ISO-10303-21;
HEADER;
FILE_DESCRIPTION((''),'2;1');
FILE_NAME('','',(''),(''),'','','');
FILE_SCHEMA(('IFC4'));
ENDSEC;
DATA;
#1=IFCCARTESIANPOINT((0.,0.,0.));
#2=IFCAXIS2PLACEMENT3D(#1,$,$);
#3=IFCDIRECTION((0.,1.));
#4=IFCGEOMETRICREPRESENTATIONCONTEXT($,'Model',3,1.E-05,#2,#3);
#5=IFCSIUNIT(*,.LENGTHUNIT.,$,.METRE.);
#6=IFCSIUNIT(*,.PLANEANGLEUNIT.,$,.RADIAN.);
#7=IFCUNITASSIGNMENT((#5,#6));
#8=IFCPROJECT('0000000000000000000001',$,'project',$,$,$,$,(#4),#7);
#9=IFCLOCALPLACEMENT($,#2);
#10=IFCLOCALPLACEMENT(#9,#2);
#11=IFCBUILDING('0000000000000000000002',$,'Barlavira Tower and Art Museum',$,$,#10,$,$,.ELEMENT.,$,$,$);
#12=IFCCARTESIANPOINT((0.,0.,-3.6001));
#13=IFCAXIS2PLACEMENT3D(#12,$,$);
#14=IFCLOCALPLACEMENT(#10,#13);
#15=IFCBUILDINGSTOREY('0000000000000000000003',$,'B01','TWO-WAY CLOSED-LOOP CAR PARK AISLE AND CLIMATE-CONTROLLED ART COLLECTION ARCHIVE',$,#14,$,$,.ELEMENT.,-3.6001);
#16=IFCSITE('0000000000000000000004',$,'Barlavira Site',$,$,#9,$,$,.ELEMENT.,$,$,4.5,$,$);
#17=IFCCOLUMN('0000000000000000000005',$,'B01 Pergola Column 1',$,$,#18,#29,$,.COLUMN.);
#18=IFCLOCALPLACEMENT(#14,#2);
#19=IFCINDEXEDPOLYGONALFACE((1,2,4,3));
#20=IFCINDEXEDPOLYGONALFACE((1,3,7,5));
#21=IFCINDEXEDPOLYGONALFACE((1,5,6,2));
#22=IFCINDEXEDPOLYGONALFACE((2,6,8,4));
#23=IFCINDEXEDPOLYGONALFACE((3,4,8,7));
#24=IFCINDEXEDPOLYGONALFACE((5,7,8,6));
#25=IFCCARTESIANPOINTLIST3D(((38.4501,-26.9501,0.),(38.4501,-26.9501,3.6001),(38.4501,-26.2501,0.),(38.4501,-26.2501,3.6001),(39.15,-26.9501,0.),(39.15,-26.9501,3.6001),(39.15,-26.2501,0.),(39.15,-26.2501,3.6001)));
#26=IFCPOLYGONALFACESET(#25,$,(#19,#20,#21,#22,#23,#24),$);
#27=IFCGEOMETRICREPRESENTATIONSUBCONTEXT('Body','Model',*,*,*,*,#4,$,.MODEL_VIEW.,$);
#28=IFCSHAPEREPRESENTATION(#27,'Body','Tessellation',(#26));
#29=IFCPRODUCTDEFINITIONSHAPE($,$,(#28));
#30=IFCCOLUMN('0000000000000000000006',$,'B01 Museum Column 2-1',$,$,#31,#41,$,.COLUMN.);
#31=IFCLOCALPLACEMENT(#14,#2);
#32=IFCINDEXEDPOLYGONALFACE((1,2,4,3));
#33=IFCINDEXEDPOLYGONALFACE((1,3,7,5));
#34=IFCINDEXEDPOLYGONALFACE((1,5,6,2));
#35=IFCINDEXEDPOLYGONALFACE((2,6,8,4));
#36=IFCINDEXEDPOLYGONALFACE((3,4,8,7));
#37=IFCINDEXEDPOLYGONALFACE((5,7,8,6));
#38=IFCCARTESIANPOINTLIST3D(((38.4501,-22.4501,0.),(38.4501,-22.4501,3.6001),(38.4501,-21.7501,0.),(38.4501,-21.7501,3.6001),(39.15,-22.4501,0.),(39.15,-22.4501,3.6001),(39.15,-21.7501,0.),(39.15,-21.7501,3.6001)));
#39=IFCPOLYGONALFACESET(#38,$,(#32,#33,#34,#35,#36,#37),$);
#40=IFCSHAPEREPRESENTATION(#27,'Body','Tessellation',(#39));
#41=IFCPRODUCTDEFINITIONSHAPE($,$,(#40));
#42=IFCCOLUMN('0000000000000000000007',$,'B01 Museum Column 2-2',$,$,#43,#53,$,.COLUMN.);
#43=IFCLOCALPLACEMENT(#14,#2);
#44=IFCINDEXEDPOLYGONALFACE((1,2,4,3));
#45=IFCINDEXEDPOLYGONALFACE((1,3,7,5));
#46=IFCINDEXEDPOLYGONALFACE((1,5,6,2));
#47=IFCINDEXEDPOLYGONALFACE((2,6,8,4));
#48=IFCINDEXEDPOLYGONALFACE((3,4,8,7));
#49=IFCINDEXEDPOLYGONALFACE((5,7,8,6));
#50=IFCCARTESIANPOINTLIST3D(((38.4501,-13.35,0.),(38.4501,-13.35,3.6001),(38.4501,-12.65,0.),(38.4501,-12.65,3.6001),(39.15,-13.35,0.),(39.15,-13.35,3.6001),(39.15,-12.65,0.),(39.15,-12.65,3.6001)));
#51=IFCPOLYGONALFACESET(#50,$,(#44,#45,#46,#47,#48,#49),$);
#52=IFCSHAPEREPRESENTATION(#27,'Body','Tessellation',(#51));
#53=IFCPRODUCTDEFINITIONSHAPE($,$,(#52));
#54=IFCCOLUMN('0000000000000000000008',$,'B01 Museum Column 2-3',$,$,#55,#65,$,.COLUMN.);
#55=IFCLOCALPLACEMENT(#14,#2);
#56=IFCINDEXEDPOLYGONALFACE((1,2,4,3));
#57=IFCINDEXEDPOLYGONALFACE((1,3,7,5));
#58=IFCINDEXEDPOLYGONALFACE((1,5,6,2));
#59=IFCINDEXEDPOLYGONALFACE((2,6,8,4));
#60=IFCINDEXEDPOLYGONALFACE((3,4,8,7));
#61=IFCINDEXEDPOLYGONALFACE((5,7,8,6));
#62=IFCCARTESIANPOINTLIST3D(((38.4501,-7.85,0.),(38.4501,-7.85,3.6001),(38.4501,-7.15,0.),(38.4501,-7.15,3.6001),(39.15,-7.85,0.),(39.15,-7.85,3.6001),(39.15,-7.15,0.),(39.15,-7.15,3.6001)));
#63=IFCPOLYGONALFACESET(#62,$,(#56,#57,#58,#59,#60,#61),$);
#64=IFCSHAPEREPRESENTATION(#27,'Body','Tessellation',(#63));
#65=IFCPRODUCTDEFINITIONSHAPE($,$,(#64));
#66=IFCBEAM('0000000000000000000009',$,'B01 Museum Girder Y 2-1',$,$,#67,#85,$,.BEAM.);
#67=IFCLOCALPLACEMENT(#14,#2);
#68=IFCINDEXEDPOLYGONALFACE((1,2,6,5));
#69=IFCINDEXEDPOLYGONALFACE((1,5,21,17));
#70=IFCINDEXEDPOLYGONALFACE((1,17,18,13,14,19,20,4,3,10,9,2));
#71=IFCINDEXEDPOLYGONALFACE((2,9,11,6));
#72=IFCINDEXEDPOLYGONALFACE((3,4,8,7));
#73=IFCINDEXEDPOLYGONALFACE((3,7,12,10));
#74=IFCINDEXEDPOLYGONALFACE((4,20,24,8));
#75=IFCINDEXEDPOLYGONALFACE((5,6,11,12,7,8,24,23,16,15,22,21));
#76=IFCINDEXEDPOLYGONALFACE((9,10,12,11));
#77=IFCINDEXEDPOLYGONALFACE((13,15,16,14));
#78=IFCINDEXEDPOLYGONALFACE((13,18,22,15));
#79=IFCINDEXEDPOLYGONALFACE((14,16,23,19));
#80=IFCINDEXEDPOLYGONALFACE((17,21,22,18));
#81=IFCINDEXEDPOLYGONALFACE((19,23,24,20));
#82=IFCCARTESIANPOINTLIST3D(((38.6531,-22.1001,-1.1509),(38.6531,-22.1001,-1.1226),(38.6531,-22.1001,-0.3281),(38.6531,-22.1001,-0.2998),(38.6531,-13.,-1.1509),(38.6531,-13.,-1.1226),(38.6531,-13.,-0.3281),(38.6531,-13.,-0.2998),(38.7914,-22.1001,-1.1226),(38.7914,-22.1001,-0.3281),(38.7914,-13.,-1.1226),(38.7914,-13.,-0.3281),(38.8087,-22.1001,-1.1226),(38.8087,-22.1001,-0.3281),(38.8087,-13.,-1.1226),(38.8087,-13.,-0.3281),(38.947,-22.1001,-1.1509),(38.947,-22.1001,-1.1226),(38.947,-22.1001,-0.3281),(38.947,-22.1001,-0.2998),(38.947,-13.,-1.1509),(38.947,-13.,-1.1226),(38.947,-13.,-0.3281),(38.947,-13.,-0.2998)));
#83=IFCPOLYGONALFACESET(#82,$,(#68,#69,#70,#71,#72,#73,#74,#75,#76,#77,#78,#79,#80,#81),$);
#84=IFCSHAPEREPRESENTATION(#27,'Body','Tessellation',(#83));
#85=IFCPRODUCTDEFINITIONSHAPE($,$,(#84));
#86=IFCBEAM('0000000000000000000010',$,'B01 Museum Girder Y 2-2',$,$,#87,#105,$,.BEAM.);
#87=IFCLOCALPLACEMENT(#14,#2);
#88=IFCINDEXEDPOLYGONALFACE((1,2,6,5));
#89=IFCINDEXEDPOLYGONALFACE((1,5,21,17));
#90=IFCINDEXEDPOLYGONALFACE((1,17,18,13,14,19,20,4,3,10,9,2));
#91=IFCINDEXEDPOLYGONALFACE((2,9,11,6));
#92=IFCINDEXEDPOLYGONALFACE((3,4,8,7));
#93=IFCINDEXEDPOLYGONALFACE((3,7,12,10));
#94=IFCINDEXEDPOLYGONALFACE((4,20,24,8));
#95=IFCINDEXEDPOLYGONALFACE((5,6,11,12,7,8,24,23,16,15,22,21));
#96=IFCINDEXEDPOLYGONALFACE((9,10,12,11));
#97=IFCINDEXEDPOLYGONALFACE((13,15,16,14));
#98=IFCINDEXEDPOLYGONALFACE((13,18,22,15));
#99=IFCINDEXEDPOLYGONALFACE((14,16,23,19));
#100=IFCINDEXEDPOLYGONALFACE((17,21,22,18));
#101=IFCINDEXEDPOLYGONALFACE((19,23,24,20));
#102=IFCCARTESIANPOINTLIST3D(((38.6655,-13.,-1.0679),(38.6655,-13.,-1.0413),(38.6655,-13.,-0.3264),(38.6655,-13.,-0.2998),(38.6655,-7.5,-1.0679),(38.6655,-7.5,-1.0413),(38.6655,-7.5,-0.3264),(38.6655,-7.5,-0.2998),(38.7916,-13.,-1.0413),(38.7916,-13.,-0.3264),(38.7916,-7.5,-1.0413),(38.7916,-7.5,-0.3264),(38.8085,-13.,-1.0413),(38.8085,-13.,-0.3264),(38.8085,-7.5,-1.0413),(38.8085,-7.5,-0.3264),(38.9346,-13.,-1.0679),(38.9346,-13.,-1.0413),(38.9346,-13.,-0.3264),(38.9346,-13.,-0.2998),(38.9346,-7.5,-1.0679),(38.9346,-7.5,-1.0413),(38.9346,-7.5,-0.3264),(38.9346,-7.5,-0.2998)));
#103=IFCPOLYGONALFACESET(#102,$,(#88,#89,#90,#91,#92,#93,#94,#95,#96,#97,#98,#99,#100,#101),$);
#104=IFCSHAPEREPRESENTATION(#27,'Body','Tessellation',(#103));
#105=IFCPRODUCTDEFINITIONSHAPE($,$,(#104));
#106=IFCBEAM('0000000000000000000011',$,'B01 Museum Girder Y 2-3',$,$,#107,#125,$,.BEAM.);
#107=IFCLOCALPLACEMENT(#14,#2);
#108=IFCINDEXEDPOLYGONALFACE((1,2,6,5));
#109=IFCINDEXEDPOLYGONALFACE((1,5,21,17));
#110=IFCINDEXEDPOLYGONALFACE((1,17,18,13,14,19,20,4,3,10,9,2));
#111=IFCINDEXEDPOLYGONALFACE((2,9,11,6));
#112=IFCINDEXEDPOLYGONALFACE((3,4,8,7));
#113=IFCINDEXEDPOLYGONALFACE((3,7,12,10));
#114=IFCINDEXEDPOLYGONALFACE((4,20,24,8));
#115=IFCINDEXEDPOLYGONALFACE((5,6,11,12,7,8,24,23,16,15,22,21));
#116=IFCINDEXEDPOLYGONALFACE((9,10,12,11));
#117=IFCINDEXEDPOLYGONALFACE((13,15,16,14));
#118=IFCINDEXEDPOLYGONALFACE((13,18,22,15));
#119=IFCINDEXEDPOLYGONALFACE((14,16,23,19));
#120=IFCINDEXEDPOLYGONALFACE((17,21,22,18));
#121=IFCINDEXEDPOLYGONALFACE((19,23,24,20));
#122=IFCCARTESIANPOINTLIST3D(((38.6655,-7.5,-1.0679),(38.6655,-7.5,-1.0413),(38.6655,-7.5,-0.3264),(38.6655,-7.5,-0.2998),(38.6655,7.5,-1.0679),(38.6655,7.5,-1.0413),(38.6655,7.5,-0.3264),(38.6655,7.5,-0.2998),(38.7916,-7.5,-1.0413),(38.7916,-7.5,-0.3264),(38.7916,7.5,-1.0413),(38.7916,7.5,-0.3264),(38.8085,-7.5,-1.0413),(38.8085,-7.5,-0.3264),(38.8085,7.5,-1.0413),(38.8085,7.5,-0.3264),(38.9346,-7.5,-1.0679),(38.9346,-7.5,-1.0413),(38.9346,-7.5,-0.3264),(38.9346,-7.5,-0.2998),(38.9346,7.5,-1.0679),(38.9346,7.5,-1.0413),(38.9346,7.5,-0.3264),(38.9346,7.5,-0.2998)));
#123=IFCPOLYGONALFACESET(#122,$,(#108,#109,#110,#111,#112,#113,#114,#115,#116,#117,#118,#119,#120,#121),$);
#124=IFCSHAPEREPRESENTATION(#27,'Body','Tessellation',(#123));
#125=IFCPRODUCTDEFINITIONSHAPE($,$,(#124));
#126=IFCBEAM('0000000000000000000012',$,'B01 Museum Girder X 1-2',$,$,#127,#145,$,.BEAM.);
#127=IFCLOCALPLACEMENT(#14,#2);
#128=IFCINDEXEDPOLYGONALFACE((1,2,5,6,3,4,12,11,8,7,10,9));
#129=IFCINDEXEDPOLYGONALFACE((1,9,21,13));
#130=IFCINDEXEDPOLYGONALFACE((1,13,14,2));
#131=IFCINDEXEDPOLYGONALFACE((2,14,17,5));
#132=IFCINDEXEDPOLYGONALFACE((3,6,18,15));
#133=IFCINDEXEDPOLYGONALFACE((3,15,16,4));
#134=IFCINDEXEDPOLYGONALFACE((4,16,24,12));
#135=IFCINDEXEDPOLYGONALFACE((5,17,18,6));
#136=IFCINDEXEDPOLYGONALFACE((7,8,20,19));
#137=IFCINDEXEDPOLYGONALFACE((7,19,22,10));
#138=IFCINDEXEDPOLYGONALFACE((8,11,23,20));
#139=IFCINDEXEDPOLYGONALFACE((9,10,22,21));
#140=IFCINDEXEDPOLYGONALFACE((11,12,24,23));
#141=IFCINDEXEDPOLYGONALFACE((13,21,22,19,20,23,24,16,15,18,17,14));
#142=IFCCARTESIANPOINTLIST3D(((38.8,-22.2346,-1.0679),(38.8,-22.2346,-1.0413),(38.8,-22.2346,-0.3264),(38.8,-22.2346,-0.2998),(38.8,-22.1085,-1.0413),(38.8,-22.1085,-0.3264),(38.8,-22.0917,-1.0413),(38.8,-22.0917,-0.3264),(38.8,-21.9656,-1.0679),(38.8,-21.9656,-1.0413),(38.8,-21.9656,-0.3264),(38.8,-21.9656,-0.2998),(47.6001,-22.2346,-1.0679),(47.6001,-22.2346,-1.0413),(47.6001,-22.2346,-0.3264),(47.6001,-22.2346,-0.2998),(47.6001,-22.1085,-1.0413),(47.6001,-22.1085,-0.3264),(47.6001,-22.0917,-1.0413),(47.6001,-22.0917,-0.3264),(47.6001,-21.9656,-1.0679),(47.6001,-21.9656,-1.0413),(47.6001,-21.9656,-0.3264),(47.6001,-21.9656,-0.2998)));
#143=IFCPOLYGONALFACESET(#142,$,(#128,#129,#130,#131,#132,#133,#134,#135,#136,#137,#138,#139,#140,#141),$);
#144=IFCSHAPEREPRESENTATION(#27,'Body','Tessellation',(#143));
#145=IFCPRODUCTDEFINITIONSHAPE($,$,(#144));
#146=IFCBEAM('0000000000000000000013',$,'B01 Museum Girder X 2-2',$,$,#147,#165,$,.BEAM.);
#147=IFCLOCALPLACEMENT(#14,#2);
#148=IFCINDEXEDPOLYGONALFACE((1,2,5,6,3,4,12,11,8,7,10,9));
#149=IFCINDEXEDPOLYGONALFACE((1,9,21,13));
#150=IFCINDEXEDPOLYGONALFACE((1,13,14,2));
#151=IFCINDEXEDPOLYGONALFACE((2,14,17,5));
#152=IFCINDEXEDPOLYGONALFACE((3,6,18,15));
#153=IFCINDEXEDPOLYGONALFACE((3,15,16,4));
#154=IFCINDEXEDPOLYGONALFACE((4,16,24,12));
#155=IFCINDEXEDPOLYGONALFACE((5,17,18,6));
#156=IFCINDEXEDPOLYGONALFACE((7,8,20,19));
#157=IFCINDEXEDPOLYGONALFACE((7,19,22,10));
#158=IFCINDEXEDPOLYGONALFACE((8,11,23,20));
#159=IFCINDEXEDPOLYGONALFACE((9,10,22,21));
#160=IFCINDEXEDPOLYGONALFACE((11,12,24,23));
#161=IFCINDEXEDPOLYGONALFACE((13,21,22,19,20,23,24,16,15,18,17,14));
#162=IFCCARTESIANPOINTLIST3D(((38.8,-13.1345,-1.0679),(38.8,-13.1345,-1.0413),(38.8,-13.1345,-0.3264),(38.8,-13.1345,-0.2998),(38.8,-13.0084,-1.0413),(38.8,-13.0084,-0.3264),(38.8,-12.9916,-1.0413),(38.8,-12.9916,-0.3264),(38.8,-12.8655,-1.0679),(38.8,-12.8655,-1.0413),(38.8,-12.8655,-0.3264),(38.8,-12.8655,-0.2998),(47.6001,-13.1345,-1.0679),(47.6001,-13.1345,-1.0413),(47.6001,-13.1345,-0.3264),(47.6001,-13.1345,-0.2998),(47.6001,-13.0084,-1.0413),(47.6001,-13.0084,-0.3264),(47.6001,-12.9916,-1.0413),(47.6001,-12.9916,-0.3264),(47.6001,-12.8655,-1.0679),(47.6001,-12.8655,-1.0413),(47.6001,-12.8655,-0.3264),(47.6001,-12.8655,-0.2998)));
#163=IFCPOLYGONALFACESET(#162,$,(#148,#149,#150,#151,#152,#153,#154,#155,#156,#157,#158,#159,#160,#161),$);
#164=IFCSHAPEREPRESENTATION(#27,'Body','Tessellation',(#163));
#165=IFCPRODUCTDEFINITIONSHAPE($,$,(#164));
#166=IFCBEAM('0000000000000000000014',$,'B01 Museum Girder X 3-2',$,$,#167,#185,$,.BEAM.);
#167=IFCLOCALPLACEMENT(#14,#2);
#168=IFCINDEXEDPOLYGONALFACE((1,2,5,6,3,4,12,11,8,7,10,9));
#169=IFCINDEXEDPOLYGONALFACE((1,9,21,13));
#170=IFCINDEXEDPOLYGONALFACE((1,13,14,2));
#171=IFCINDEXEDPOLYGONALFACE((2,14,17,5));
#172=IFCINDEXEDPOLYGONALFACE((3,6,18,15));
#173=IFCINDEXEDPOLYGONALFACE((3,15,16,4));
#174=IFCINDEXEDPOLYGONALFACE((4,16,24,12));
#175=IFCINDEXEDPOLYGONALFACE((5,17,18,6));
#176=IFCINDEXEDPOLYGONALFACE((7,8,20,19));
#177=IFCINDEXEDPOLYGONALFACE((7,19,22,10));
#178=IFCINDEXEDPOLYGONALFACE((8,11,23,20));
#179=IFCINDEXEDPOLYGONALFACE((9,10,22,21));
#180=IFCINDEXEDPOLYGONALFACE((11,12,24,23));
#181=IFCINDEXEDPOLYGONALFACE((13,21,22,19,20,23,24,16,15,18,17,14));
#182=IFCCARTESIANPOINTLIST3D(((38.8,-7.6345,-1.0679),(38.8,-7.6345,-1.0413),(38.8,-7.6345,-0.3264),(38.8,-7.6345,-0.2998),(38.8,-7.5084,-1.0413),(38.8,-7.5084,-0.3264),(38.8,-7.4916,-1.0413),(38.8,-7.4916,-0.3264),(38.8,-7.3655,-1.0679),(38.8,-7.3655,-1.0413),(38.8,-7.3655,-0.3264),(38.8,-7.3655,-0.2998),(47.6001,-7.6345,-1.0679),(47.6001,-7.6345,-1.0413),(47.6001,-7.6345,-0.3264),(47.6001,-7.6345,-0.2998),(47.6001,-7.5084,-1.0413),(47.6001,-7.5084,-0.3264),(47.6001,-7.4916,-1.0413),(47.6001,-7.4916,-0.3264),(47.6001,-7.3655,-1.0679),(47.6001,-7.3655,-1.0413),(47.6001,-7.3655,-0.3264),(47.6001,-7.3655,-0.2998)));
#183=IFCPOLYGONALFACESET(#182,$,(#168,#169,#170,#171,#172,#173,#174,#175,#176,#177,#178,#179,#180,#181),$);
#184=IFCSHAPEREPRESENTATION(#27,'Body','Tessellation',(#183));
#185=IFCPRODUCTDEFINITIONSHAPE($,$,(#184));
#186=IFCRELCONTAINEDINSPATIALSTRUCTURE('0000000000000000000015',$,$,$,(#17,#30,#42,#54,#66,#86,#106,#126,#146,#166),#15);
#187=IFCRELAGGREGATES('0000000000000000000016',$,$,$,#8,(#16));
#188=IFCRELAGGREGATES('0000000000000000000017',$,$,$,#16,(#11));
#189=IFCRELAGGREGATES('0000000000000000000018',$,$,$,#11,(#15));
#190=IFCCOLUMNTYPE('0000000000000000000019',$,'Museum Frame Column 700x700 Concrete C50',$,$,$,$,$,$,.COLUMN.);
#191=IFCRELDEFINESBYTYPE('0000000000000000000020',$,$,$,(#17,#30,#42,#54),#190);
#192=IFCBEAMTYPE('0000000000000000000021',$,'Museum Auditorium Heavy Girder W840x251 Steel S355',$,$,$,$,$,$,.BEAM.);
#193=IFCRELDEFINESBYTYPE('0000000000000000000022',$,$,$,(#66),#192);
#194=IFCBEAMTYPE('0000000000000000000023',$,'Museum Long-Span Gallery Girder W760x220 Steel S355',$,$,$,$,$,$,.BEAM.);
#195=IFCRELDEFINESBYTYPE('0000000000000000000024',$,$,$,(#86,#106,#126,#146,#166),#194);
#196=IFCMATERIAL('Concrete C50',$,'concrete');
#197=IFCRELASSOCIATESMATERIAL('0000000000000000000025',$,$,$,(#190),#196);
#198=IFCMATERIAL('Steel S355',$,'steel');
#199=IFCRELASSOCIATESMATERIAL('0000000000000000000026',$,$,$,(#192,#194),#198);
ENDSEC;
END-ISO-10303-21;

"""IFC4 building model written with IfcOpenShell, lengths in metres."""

from ifc_helpers import new_model, si_unit, direction, frame, origin, origin_2d, place, context, subcontext, project, spatial, rectangle, i_section, extrude, material, material_profile, profile_set, type_object, element, save


model = new_model("IFC4")

# Units and contexts
model_context = context("Model", 3, precision=1e-05, world=origin(), true_north=direction((0.0, 1.0)))
body_context = subcontext(model_context, "Body", "Model", "MODEL_VIEW")
ifc_project = project(units=[si_unit("LENGTHUNIT", "METRE"), si_unit("PLANEANGLEUNIT", "RADIAN")], contexts=[model_context])

# Site, building, storey
site_placement = place(None, origin())
site = spatial("IfcSite", under=ifc_project, at=site_placement, Name="Barlavira Site", CompositionType="ELEMENT", RefElevation=4.5)
building_placement = place(site_placement, origin())
building = spatial("IfcBuilding", under=site, at=building_placement, Name="Barlavira Tower and Art Museum", CompositionType="ELEMENT")
storey_placement = place(building_placement, frame((0.0, 0.0, -3.6001)))
storey = spatial("IfcBuildingStorey", under=building, at=storey_placement, Name="B01", Description="TWO-WAY CLOSED-LOOP CAR PARK AISLE AND CLIMATE-CONTROLLED ART COLLECTION ARCHIVE", CompositionType="ELEMENT", Elevation=-3.6001)

# Columns
ifc_material_1 = material(Name="Concrete C50", Category="concrete")
ifc_material_profile_1 = material_profile(ifc_material_1, rectangle(XDim=0.7, YDim=0.7, at=origin_2d()), Name="RC-COL 700x700")
ifc_profile_set_1 = profile_set([ifc_material_profile_1], Name="Concrete C50")
column_type = type_object("IfcColumnType", Name="Museum Frame Column 700x700 Concrete C50", PredefinedType="COLUMN", material=ifc_profile_set_1)
for number, where, z_axis, x_axis, name in (
    (1, (38.8, -26.6001, 0.0), (0.0, 0.0, 1.0), (1.0, 0.0, 0.0), "B01 Pergola Column 1"),
    (2, (38.8, -22.1001, 0.0), (0.0, 0.0, 1.0), (1.0, 0.0, 0.0), "B01 Museum Column 2-1"),
    (3, (38.8, -13.0, 0.0), (0.0, 0.0, 1.0), (1.0, 0.0, 0.0), "B01 Museum Column 2-2"),
    (4, (38.8, -7.5, 0.0), (0.0, 0.0, 1.0), (1.0, 0.0, 0.0), "B01 Museum Column 2-3"),
):
    element("IfcColumn", number, at=place(storey_placement, frame(where, z_axis=z_axis, x_axis=x_axis)), inside=storey, type_object=column_type, Name=name, PredefinedType="COLUMN", context=body_context, shape_type="SweptSolid", body=[
        extrude(rectangle(XDim=0.7, YDim=0.7, at=origin_2d()), origin(), (0.0, 0.0, 1.0), 3.6001),
    ])

# Beams
ifc_material_2 = material(Name="Steel S355", Category="steel")
ifc_material_profile_2 = material_profile(ifc_material_2, i_section(OverallWidth=0.2939, OverallDepth=0.8511, WebThickness=0.0173, FlangeThickness=0.0283, at=origin_2d()), Name="W840x251.0")
ifc_profile_set_2 = profile_set([ifc_material_profile_2], Name="Steel S355")
beam_type_1 = type_object("IfcBeamType", Name="Museum Auditorium Heavy Girder W840x251 Steel S355", PredefinedType="BEAM", material=ifc_profile_set_2)
beam_1_placement = place(storey_placement, frame((38.8, -22.1001, -0.7253), z_axis=(0.0, 1.0, 0.0), x_axis=(-1.0, 0.0, 0.0)))
element("IfcBeam", 5, at=beam_1_placement, inside=storey, type_object=beam_type_1, Name="B01 Museum Girder Y 2-1", PredefinedType="BEAM", context=body_context, shape_type="SweptSolid", body=[
    extrude(i_section(OverallWidth=0.2939, OverallDepth=0.8511, WebThickness=0.0173, FlangeThickness=0.0283, at=origin_2d()), origin(), (0.0, 0.0, 1.0), 9.1001),
])
ifc_material_profile_3 = material_profile(ifc_material_2, i_section(OverallWidth=0.269, OverallDepth=0.7681, WebThickness=0.0168, FlangeThickness=0.0266, at=origin_2d()), Name="W760x220.0")
ifc_profile_set_3 = profile_set([ifc_material_profile_3], Name="Steel S355")
beam_type_2 = type_object("IfcBeamType", Name="Museum Long-Span Gallery Girder W760x220 Steel S355", PredefinedType="BEAM", material=ifc_profile_set_3)
beam_2_placement = place(storey_placement, frame((38.8, -13.0, -0.6838), z_axis=(0.0, 1.0, 0.0), x_axis=(-1.0, 0.0, 0.0)))
element("IfcBeam", 6, at=beam_2_placement, inside=storey, type_object=beam_type_2, Name="B01 Museum Girder Y 2-2", PredefinedType="BEAM", context=body_context, shape_type="SweptSolid", body=[
    extrude(i_section(OverallWidth=0.269, OverallDepth=0.7681, WebThickness=0.0168, FlangeThickness=0.0266, at=origin_2d()), origin(), (0.0, 0.0, 1.0), 5.5),
])
beam_3_placement = place(storey_placement, frame((38.8, -7.5, -0.6838), z_axis=(0.0, 1.0, 0.0), x_axis=(-1.0, 0.0, 0.0)))
element("IfcBeam", 7, at=beam_3_placement, inside=storey, type_object=beam_type_2, Name="B01 Museum Girder Y 2-3", PredefinedType="BEAM", context=body_context, shape_type="SweptSolid", body=[
    extrude(i_section(OverallWidth=0.269, OverallDepth=0.7681, WebThickness=0.0168, FlangeThickness=0.0266, at=origin_2d()), origin(), (0.0, 0.0, 1.0), 15.0),
])
for number, where, z_axis, x_axis, name in (
    (8, (38.8, -22.1001, -0.6838), (1.0, 0.0, 0.0), (0.0, 1.0, 0.0), "B01 Museum Girder X 1-2"),
    (9, (38.8, -13.0, -0.6838), (1.0, 0.0, 0.0), (0.0, 1.0, 0.0), "B01 Museum Girder X 2-2"),
    (10, (38.8, -7.5, -0.6838), (1.0, 0.0, 0.0), (0.0, 1.0, 0.0), "B01 Museum Girder X 3-2"),
):
    element("IfcBeam", number, at=place(storey_placement, frame(where, z_axis=z_axis, x_axis=x_axis)), inside=storey, type_object=beam_type_2, Name=name, PredefinedType="BEAM", context=body_context, shape_type="SweptSolid", body=[
        extrude(i_section(OverallWidth=0.269, OverallDepth=0.7681, WebThickness=0.0168, FlangeThickness=0.0266, at=origin_2d()), origin(), (0.0, 0.0, 1.0), 8.8),
    ])

save(model, "model.ifc")
